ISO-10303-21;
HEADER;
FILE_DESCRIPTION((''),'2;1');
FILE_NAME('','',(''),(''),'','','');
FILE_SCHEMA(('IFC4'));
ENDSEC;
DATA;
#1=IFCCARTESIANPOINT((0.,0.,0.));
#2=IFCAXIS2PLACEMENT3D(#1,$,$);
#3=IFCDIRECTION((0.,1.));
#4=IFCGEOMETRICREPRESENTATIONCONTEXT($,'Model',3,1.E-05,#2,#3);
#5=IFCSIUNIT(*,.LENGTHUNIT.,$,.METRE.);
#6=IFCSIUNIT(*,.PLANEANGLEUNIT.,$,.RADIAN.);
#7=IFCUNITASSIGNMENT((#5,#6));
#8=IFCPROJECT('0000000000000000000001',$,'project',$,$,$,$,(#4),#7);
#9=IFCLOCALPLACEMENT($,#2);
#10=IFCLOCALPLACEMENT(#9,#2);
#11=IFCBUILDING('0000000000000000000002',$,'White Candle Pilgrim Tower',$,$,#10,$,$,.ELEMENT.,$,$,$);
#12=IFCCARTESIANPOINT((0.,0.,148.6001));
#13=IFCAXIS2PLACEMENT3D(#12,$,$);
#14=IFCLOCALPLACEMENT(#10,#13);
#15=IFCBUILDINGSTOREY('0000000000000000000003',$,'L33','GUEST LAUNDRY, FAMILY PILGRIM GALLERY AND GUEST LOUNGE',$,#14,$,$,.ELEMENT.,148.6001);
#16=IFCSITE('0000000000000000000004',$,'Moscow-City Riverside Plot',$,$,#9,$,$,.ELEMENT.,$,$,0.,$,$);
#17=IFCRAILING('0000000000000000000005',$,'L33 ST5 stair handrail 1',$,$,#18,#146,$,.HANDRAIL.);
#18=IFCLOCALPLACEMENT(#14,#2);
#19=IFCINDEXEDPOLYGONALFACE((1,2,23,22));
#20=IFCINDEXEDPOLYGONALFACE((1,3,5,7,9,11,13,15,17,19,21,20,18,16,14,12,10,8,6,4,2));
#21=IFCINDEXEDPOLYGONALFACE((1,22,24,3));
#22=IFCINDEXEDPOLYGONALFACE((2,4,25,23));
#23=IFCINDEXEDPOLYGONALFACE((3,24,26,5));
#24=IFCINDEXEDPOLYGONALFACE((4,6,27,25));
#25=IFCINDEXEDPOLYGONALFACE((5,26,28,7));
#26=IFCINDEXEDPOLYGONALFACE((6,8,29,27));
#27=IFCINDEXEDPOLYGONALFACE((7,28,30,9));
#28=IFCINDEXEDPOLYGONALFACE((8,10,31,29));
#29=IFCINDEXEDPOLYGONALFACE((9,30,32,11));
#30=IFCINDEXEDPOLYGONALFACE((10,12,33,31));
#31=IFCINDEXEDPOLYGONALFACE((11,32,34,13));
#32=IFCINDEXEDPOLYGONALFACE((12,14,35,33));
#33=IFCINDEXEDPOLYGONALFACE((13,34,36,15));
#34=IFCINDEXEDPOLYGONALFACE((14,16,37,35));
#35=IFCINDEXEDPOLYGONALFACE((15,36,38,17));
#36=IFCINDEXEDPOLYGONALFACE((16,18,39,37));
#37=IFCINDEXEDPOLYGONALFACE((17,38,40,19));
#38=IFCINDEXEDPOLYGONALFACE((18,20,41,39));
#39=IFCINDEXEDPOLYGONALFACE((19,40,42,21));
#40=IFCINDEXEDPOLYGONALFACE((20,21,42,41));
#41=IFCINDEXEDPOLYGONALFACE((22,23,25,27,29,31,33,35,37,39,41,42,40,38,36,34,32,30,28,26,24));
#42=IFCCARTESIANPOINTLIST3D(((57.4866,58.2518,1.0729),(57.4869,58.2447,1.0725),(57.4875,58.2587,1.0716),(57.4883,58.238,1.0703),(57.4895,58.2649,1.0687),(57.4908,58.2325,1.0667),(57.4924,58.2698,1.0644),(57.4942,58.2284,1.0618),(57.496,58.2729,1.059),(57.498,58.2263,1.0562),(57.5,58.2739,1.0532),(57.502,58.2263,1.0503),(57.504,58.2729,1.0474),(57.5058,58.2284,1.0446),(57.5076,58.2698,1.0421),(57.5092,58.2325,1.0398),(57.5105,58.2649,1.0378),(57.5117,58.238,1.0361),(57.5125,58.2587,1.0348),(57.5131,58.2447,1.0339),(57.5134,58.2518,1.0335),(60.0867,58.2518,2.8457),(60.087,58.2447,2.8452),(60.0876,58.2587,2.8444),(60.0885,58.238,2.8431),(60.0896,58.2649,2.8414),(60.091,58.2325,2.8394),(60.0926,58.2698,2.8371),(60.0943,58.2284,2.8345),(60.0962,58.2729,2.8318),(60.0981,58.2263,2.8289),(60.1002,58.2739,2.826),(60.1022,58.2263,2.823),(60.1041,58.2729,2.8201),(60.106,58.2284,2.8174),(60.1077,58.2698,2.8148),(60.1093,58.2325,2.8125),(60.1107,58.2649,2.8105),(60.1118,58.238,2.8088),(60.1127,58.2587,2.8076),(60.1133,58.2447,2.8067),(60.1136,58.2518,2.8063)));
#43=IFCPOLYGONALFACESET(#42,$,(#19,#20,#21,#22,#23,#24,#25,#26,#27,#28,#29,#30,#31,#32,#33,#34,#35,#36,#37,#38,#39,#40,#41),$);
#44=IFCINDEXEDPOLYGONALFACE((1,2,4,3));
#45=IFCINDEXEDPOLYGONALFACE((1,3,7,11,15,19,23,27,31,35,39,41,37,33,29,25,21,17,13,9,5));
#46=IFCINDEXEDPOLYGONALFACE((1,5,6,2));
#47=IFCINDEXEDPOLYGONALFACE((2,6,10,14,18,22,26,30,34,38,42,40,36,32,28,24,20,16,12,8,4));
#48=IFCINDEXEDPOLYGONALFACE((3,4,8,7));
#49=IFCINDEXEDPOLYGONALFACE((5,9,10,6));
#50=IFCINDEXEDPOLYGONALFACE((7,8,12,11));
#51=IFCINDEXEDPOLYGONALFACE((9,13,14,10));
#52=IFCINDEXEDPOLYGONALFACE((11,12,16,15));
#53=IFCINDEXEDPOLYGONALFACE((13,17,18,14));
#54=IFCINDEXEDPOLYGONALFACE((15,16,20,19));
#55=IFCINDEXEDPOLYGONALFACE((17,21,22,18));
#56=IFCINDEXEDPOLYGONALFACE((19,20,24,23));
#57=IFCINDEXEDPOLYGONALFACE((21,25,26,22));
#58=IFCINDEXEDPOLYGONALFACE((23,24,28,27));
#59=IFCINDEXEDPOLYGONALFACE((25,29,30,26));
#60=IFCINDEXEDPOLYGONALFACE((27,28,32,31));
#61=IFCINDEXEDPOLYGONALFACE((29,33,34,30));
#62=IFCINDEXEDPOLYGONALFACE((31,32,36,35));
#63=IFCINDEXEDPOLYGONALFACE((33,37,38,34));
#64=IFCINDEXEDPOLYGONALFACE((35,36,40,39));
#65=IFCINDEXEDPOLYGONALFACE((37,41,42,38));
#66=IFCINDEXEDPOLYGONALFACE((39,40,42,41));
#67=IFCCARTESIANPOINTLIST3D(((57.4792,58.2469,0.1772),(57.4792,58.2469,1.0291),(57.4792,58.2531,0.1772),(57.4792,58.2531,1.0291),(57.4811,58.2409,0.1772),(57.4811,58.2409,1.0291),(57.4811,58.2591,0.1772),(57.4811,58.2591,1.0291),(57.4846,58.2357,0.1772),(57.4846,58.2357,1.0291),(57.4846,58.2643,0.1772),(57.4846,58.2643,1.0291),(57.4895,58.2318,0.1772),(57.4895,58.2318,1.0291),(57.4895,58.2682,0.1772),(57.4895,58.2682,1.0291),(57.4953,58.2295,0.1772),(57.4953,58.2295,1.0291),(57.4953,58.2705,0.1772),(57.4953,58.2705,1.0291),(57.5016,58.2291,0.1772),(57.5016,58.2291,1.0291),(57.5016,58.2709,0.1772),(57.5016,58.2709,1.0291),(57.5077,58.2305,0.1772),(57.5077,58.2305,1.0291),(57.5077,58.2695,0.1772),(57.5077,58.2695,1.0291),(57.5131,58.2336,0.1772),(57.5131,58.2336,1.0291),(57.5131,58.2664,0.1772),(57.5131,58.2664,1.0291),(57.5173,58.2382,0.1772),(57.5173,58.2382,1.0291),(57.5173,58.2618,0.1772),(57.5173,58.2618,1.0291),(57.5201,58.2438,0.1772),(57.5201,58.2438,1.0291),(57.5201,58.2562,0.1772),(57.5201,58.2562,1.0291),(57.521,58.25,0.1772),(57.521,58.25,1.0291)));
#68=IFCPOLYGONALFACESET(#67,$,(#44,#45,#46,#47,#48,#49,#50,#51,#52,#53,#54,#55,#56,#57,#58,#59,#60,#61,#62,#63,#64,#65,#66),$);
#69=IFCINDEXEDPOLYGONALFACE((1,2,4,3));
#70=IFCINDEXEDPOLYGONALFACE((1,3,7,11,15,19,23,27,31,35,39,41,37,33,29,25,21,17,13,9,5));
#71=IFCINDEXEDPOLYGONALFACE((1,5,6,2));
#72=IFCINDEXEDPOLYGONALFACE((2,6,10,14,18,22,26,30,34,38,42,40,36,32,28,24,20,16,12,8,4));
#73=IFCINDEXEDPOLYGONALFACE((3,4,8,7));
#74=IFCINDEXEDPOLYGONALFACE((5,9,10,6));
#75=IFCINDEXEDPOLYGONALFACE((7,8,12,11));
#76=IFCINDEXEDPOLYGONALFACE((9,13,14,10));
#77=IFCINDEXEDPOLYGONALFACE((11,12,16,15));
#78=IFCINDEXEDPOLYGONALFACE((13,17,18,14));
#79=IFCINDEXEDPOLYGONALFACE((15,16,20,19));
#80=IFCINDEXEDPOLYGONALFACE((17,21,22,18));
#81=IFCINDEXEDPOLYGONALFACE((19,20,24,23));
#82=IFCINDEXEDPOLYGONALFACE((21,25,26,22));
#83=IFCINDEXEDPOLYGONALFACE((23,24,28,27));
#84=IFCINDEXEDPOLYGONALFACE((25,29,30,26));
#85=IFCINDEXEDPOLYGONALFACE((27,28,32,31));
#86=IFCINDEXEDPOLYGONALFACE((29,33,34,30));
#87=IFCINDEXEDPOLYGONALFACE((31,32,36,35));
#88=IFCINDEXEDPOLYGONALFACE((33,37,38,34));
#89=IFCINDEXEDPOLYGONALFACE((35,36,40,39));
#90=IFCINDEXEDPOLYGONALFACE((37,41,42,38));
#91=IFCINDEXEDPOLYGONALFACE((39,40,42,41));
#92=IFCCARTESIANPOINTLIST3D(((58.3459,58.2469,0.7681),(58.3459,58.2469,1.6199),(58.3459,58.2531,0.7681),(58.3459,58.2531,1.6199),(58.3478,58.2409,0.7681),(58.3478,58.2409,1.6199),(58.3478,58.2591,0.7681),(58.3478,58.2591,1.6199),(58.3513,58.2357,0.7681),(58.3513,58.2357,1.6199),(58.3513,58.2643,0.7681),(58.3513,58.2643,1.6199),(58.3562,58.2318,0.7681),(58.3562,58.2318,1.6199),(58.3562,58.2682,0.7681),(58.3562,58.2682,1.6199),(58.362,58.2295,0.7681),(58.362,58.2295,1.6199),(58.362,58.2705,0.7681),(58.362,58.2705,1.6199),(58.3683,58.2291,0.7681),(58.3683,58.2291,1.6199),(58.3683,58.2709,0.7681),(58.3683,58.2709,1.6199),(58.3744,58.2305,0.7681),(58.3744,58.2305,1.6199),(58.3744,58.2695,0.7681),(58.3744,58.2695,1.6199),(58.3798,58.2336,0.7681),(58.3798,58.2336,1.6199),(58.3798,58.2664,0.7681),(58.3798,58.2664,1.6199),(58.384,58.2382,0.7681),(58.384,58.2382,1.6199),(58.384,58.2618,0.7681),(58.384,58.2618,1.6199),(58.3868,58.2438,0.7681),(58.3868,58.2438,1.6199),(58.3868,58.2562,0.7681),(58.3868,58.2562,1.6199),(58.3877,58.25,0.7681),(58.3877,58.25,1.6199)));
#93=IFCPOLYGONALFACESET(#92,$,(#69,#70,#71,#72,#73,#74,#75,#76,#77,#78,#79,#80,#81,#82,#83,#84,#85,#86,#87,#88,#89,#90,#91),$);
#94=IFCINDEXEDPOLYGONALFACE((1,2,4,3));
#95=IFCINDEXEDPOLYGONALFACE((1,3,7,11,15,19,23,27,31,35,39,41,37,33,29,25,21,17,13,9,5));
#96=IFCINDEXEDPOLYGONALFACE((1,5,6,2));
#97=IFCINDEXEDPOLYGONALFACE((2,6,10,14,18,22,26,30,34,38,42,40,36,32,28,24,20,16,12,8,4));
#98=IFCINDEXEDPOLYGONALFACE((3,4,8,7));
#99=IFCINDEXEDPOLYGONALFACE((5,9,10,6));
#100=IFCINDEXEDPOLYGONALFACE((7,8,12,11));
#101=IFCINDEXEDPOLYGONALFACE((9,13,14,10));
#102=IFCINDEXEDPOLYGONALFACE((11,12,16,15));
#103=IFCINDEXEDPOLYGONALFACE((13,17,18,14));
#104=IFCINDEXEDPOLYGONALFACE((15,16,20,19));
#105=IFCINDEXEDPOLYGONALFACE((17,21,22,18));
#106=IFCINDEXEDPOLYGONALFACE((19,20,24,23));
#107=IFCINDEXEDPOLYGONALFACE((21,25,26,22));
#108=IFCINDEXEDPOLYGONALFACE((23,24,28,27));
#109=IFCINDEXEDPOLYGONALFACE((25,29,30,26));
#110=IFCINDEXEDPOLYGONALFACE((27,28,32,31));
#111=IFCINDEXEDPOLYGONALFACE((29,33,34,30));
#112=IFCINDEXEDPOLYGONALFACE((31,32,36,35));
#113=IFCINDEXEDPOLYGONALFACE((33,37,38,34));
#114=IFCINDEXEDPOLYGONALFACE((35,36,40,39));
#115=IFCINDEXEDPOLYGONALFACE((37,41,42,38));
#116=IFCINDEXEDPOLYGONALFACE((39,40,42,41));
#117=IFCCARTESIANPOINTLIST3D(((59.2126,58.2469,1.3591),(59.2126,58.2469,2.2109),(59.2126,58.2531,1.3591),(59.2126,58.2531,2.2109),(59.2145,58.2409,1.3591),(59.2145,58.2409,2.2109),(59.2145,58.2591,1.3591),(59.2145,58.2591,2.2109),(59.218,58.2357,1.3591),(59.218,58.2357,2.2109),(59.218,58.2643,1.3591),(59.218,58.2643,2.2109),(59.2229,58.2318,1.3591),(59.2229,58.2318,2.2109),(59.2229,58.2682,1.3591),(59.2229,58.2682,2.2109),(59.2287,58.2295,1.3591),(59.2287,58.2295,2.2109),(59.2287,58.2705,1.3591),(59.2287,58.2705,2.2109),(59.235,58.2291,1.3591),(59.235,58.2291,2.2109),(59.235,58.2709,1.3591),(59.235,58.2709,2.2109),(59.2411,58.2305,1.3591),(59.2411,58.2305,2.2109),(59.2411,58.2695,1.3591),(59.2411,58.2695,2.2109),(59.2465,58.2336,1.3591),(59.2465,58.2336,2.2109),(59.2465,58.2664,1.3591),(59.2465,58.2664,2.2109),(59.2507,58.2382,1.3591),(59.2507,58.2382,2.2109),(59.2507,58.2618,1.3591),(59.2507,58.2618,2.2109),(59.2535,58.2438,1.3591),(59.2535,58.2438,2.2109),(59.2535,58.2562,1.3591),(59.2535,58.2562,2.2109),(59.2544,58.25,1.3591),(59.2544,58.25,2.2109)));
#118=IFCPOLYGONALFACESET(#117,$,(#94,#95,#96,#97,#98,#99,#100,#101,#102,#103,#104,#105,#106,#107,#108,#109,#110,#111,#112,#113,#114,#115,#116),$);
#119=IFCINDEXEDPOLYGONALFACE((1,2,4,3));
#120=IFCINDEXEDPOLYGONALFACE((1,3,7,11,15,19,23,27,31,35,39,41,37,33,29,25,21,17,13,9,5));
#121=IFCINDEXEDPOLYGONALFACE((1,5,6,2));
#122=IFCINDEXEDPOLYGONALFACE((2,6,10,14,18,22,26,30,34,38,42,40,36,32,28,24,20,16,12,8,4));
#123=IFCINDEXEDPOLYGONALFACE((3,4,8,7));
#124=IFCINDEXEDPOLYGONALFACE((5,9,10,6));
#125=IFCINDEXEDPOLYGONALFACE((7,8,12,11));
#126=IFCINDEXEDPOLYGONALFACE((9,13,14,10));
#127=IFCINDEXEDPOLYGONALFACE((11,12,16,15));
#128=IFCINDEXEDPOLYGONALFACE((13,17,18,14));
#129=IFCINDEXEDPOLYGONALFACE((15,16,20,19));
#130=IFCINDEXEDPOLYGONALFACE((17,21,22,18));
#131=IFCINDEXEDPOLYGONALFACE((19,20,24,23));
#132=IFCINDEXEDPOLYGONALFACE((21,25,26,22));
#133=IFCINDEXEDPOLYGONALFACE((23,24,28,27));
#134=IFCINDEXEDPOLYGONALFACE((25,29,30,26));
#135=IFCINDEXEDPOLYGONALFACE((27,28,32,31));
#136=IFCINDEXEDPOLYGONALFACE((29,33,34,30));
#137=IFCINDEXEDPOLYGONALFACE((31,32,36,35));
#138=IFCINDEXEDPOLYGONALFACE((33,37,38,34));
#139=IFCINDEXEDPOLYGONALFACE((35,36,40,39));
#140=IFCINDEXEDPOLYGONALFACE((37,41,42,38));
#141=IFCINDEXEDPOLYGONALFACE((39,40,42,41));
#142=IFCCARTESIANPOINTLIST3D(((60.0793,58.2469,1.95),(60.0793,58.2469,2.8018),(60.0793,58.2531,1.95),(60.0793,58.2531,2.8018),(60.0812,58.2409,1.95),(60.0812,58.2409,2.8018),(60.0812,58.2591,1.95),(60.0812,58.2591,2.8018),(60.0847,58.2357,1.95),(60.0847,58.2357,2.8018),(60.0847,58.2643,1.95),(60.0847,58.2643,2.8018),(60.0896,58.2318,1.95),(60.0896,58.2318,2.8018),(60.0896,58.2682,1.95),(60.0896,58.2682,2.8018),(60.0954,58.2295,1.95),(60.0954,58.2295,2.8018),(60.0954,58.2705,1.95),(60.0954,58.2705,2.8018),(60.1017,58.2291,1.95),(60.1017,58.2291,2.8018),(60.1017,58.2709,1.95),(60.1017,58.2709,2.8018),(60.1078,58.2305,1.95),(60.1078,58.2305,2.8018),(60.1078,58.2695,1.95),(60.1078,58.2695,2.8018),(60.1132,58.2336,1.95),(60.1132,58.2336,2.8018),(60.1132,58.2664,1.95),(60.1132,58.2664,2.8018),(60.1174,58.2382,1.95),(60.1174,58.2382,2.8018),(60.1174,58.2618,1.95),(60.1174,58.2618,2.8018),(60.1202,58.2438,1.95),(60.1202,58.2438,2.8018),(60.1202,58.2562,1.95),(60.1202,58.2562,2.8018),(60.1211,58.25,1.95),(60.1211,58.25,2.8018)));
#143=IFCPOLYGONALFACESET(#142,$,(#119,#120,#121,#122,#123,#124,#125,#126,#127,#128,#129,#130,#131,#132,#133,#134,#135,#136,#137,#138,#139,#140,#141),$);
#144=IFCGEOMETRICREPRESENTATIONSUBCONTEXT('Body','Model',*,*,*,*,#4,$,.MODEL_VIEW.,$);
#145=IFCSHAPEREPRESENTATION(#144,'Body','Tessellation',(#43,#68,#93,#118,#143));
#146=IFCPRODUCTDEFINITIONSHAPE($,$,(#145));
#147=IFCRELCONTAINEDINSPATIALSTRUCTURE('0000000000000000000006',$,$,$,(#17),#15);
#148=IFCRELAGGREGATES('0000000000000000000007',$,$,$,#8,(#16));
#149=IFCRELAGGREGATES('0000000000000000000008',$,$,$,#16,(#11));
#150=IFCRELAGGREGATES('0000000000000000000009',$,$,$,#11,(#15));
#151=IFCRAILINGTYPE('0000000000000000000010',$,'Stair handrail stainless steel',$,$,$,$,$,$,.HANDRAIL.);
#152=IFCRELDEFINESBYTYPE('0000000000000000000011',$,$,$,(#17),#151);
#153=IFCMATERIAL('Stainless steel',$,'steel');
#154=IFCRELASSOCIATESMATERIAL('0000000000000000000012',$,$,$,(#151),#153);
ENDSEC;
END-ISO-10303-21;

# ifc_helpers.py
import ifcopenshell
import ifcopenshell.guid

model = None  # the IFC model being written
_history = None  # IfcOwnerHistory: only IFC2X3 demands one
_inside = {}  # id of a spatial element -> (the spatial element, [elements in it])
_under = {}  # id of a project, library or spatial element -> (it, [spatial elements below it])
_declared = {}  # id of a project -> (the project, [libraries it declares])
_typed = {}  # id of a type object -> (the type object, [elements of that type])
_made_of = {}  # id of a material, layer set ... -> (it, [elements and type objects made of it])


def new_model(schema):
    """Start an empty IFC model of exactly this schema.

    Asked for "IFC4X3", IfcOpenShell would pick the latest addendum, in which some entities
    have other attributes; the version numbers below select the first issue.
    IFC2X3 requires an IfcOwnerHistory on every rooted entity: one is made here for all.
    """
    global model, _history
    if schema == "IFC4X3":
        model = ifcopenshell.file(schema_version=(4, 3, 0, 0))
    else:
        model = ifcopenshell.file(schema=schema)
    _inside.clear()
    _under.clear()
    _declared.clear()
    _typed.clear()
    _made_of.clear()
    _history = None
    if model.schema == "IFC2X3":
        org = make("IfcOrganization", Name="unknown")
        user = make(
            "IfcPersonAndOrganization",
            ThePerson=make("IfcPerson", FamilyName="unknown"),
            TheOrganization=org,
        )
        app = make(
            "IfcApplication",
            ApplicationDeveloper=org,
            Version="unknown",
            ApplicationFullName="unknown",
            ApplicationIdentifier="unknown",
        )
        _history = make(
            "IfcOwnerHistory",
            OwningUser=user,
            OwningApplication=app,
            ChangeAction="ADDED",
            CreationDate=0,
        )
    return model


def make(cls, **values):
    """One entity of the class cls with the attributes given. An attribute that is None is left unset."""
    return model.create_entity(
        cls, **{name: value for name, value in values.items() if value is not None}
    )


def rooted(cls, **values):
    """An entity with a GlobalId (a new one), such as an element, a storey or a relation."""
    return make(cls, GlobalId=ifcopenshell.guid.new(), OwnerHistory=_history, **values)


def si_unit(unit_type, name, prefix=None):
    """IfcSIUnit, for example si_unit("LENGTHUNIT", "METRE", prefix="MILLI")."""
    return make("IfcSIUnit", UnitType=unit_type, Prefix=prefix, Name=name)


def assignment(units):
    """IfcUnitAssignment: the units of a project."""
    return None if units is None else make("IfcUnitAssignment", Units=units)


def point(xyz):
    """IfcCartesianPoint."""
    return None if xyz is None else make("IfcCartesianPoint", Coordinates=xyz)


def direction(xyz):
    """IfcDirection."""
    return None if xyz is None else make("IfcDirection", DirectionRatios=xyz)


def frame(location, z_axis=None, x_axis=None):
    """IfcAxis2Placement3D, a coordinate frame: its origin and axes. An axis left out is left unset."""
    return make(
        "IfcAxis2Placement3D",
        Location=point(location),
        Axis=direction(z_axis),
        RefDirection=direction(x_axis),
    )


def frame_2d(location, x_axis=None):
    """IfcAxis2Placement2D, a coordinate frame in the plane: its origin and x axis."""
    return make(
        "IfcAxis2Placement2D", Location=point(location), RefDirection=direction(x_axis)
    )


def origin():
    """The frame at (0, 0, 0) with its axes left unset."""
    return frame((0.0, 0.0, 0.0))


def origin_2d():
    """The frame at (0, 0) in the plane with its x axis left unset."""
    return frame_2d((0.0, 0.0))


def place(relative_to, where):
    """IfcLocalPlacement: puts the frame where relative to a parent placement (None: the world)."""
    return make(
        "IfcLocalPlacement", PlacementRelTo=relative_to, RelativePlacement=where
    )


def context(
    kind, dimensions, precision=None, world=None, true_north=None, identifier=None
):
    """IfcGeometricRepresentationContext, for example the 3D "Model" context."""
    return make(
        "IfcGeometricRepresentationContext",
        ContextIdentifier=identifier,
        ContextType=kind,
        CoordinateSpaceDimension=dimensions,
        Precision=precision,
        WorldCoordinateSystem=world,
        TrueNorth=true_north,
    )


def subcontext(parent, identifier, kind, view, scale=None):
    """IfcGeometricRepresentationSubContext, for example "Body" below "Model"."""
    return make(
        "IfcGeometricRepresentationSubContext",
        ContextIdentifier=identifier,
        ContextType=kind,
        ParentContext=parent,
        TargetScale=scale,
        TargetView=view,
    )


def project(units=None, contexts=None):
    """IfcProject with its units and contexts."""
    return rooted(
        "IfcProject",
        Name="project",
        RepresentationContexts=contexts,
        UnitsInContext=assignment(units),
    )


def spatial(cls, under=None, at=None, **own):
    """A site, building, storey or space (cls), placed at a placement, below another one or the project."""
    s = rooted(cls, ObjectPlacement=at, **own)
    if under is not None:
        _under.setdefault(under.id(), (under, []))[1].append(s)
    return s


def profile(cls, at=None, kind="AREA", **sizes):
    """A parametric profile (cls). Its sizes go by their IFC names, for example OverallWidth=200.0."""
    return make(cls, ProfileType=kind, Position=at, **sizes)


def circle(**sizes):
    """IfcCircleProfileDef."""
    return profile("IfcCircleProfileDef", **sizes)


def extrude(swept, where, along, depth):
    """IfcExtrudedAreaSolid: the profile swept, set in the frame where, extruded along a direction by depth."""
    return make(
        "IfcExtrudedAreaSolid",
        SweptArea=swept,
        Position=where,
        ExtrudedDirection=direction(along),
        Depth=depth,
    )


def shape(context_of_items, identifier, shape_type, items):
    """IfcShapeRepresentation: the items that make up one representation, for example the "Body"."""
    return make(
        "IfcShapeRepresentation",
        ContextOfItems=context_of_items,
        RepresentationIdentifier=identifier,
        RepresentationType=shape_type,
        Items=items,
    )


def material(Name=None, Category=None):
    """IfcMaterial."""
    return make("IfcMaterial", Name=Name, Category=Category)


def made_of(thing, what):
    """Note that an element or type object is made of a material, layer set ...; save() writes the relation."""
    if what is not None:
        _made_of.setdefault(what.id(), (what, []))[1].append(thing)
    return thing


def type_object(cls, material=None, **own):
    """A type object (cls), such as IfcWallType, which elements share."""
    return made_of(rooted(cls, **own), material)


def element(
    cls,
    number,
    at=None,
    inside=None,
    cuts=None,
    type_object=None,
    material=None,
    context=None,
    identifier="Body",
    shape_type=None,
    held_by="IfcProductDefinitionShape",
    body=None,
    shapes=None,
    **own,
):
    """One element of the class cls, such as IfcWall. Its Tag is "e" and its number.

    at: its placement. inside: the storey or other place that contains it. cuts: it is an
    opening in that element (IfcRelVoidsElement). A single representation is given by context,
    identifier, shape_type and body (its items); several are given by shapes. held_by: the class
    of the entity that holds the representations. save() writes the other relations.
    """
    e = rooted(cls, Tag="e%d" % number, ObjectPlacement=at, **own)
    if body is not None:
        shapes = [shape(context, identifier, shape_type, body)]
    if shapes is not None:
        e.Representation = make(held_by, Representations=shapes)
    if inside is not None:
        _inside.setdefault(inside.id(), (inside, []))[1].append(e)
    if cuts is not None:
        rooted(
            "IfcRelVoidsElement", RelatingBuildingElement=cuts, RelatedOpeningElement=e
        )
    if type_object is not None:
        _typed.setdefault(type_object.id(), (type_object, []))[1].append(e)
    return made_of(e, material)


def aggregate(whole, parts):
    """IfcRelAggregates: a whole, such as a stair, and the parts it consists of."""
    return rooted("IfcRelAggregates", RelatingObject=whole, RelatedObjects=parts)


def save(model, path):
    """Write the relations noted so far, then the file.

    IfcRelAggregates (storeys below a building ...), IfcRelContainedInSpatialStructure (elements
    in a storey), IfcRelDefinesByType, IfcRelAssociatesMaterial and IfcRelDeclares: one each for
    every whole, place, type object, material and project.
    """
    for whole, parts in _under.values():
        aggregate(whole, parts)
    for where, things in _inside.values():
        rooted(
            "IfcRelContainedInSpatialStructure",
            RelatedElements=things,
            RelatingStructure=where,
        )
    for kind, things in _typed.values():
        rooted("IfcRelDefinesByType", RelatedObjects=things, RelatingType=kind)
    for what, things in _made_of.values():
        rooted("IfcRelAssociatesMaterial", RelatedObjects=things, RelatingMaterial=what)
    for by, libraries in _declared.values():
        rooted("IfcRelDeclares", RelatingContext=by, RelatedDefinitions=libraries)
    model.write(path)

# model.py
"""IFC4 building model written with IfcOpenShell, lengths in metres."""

from ifc_helpers import new_model, si_unit, direction, frame, origin, origin_2d, place, context, subcontext, project, spatial, circle, extrude, material, type_object, element, save


model = new_model("IFC4")

# Units and contexts
model_context = context("Model", 3, precision=1e-05, world=origin(), true_north=direction((0.0, 1.0)))
body_context = subcontext(model_context, "Body", "Model", "MODEL_VIEW")
ifc_project = project(units=[si_unit("LENGTHUNIT", "METRE"), si_unit("PLANEANGLEUNIT", "RADIAN")], contexts=[model_context])

# Site, building, storey
site_placement = place(None, origin())
site = spatial("IfcSite", under=ifc_project, at=site_placement, Name="Moscow-City Riverside Plot", CompositionType="ELEMENT", RefElevation=0.0)
building_placement = place(site_placement, origin())
building = spatial("IfcBuilding", under=site, at=building_placement, Name="White Candle Pilgrim Tower", CompositionType="ELEMENT")
storey_placement = place(building_placement, frame((0.0, 0.0, 148.6001)))
storey = spatial("IfcBuildingStorey", under=building, at=storey_placement, Name="L33", Description="GUEST LAUNDRY, FAMILY PILGRIM GALLERY AND GUEST LOUNGE", CompositionType="ELEMENT", Elevation=148.6001)

# Railing
ifc_material_1 = material(Name="Stainless steel", Category="steel")
railing_type_1 = type_object("IfcRailingType", Name="Stair handrail stainless steel", PredefinedType="HANDRAIL", material=ifc_material_1)
railing_1_placement = place(storey_placement, frame((57.5, 58.25, 0.1772)))
element("IfcRailing", 1, at=railing_1_placement, inside=storey, type_object=railing_type_1, Name="L33 ST5 stair handrail 1", PredefinedType="HANDRAIL", context=body_context, shape_type="SweptSolid", body=[
    extrude(circle(Radius=0.0239, at=origin_2d()), frame((0.0, 0.0, 0.876), z_axis=(0.82624, 0.0, 0.563318), x_axis=(0.0, 1.0, 0.0)), (0.0, 0.0, 1.0), 3.147),
    extrude(circle(Radius=0.021, at=origin_2d()), origin(), (0.0, 0.0, 1.0), 0.8518),
    extrude(circle(Radius=0.021, at=origin_2d()), frame((0.8667, 0.0, 0.5908)), (0.0, 0.0, 1.0), 0.8518),
    extrude(circle(Radius=0.021, at=origin_2d()), frame((1.7334, 0.0, 1.1819)), (0.0, 0.0, 1.0), 0.8518),
    extrude(circle(Radius=0.021, at=origin_2d()), frame((2.6001, 0.0, 1.7727)), (0.0, 0.0, 1.0), 0.8518),
])

save(model, "model.ifc")
